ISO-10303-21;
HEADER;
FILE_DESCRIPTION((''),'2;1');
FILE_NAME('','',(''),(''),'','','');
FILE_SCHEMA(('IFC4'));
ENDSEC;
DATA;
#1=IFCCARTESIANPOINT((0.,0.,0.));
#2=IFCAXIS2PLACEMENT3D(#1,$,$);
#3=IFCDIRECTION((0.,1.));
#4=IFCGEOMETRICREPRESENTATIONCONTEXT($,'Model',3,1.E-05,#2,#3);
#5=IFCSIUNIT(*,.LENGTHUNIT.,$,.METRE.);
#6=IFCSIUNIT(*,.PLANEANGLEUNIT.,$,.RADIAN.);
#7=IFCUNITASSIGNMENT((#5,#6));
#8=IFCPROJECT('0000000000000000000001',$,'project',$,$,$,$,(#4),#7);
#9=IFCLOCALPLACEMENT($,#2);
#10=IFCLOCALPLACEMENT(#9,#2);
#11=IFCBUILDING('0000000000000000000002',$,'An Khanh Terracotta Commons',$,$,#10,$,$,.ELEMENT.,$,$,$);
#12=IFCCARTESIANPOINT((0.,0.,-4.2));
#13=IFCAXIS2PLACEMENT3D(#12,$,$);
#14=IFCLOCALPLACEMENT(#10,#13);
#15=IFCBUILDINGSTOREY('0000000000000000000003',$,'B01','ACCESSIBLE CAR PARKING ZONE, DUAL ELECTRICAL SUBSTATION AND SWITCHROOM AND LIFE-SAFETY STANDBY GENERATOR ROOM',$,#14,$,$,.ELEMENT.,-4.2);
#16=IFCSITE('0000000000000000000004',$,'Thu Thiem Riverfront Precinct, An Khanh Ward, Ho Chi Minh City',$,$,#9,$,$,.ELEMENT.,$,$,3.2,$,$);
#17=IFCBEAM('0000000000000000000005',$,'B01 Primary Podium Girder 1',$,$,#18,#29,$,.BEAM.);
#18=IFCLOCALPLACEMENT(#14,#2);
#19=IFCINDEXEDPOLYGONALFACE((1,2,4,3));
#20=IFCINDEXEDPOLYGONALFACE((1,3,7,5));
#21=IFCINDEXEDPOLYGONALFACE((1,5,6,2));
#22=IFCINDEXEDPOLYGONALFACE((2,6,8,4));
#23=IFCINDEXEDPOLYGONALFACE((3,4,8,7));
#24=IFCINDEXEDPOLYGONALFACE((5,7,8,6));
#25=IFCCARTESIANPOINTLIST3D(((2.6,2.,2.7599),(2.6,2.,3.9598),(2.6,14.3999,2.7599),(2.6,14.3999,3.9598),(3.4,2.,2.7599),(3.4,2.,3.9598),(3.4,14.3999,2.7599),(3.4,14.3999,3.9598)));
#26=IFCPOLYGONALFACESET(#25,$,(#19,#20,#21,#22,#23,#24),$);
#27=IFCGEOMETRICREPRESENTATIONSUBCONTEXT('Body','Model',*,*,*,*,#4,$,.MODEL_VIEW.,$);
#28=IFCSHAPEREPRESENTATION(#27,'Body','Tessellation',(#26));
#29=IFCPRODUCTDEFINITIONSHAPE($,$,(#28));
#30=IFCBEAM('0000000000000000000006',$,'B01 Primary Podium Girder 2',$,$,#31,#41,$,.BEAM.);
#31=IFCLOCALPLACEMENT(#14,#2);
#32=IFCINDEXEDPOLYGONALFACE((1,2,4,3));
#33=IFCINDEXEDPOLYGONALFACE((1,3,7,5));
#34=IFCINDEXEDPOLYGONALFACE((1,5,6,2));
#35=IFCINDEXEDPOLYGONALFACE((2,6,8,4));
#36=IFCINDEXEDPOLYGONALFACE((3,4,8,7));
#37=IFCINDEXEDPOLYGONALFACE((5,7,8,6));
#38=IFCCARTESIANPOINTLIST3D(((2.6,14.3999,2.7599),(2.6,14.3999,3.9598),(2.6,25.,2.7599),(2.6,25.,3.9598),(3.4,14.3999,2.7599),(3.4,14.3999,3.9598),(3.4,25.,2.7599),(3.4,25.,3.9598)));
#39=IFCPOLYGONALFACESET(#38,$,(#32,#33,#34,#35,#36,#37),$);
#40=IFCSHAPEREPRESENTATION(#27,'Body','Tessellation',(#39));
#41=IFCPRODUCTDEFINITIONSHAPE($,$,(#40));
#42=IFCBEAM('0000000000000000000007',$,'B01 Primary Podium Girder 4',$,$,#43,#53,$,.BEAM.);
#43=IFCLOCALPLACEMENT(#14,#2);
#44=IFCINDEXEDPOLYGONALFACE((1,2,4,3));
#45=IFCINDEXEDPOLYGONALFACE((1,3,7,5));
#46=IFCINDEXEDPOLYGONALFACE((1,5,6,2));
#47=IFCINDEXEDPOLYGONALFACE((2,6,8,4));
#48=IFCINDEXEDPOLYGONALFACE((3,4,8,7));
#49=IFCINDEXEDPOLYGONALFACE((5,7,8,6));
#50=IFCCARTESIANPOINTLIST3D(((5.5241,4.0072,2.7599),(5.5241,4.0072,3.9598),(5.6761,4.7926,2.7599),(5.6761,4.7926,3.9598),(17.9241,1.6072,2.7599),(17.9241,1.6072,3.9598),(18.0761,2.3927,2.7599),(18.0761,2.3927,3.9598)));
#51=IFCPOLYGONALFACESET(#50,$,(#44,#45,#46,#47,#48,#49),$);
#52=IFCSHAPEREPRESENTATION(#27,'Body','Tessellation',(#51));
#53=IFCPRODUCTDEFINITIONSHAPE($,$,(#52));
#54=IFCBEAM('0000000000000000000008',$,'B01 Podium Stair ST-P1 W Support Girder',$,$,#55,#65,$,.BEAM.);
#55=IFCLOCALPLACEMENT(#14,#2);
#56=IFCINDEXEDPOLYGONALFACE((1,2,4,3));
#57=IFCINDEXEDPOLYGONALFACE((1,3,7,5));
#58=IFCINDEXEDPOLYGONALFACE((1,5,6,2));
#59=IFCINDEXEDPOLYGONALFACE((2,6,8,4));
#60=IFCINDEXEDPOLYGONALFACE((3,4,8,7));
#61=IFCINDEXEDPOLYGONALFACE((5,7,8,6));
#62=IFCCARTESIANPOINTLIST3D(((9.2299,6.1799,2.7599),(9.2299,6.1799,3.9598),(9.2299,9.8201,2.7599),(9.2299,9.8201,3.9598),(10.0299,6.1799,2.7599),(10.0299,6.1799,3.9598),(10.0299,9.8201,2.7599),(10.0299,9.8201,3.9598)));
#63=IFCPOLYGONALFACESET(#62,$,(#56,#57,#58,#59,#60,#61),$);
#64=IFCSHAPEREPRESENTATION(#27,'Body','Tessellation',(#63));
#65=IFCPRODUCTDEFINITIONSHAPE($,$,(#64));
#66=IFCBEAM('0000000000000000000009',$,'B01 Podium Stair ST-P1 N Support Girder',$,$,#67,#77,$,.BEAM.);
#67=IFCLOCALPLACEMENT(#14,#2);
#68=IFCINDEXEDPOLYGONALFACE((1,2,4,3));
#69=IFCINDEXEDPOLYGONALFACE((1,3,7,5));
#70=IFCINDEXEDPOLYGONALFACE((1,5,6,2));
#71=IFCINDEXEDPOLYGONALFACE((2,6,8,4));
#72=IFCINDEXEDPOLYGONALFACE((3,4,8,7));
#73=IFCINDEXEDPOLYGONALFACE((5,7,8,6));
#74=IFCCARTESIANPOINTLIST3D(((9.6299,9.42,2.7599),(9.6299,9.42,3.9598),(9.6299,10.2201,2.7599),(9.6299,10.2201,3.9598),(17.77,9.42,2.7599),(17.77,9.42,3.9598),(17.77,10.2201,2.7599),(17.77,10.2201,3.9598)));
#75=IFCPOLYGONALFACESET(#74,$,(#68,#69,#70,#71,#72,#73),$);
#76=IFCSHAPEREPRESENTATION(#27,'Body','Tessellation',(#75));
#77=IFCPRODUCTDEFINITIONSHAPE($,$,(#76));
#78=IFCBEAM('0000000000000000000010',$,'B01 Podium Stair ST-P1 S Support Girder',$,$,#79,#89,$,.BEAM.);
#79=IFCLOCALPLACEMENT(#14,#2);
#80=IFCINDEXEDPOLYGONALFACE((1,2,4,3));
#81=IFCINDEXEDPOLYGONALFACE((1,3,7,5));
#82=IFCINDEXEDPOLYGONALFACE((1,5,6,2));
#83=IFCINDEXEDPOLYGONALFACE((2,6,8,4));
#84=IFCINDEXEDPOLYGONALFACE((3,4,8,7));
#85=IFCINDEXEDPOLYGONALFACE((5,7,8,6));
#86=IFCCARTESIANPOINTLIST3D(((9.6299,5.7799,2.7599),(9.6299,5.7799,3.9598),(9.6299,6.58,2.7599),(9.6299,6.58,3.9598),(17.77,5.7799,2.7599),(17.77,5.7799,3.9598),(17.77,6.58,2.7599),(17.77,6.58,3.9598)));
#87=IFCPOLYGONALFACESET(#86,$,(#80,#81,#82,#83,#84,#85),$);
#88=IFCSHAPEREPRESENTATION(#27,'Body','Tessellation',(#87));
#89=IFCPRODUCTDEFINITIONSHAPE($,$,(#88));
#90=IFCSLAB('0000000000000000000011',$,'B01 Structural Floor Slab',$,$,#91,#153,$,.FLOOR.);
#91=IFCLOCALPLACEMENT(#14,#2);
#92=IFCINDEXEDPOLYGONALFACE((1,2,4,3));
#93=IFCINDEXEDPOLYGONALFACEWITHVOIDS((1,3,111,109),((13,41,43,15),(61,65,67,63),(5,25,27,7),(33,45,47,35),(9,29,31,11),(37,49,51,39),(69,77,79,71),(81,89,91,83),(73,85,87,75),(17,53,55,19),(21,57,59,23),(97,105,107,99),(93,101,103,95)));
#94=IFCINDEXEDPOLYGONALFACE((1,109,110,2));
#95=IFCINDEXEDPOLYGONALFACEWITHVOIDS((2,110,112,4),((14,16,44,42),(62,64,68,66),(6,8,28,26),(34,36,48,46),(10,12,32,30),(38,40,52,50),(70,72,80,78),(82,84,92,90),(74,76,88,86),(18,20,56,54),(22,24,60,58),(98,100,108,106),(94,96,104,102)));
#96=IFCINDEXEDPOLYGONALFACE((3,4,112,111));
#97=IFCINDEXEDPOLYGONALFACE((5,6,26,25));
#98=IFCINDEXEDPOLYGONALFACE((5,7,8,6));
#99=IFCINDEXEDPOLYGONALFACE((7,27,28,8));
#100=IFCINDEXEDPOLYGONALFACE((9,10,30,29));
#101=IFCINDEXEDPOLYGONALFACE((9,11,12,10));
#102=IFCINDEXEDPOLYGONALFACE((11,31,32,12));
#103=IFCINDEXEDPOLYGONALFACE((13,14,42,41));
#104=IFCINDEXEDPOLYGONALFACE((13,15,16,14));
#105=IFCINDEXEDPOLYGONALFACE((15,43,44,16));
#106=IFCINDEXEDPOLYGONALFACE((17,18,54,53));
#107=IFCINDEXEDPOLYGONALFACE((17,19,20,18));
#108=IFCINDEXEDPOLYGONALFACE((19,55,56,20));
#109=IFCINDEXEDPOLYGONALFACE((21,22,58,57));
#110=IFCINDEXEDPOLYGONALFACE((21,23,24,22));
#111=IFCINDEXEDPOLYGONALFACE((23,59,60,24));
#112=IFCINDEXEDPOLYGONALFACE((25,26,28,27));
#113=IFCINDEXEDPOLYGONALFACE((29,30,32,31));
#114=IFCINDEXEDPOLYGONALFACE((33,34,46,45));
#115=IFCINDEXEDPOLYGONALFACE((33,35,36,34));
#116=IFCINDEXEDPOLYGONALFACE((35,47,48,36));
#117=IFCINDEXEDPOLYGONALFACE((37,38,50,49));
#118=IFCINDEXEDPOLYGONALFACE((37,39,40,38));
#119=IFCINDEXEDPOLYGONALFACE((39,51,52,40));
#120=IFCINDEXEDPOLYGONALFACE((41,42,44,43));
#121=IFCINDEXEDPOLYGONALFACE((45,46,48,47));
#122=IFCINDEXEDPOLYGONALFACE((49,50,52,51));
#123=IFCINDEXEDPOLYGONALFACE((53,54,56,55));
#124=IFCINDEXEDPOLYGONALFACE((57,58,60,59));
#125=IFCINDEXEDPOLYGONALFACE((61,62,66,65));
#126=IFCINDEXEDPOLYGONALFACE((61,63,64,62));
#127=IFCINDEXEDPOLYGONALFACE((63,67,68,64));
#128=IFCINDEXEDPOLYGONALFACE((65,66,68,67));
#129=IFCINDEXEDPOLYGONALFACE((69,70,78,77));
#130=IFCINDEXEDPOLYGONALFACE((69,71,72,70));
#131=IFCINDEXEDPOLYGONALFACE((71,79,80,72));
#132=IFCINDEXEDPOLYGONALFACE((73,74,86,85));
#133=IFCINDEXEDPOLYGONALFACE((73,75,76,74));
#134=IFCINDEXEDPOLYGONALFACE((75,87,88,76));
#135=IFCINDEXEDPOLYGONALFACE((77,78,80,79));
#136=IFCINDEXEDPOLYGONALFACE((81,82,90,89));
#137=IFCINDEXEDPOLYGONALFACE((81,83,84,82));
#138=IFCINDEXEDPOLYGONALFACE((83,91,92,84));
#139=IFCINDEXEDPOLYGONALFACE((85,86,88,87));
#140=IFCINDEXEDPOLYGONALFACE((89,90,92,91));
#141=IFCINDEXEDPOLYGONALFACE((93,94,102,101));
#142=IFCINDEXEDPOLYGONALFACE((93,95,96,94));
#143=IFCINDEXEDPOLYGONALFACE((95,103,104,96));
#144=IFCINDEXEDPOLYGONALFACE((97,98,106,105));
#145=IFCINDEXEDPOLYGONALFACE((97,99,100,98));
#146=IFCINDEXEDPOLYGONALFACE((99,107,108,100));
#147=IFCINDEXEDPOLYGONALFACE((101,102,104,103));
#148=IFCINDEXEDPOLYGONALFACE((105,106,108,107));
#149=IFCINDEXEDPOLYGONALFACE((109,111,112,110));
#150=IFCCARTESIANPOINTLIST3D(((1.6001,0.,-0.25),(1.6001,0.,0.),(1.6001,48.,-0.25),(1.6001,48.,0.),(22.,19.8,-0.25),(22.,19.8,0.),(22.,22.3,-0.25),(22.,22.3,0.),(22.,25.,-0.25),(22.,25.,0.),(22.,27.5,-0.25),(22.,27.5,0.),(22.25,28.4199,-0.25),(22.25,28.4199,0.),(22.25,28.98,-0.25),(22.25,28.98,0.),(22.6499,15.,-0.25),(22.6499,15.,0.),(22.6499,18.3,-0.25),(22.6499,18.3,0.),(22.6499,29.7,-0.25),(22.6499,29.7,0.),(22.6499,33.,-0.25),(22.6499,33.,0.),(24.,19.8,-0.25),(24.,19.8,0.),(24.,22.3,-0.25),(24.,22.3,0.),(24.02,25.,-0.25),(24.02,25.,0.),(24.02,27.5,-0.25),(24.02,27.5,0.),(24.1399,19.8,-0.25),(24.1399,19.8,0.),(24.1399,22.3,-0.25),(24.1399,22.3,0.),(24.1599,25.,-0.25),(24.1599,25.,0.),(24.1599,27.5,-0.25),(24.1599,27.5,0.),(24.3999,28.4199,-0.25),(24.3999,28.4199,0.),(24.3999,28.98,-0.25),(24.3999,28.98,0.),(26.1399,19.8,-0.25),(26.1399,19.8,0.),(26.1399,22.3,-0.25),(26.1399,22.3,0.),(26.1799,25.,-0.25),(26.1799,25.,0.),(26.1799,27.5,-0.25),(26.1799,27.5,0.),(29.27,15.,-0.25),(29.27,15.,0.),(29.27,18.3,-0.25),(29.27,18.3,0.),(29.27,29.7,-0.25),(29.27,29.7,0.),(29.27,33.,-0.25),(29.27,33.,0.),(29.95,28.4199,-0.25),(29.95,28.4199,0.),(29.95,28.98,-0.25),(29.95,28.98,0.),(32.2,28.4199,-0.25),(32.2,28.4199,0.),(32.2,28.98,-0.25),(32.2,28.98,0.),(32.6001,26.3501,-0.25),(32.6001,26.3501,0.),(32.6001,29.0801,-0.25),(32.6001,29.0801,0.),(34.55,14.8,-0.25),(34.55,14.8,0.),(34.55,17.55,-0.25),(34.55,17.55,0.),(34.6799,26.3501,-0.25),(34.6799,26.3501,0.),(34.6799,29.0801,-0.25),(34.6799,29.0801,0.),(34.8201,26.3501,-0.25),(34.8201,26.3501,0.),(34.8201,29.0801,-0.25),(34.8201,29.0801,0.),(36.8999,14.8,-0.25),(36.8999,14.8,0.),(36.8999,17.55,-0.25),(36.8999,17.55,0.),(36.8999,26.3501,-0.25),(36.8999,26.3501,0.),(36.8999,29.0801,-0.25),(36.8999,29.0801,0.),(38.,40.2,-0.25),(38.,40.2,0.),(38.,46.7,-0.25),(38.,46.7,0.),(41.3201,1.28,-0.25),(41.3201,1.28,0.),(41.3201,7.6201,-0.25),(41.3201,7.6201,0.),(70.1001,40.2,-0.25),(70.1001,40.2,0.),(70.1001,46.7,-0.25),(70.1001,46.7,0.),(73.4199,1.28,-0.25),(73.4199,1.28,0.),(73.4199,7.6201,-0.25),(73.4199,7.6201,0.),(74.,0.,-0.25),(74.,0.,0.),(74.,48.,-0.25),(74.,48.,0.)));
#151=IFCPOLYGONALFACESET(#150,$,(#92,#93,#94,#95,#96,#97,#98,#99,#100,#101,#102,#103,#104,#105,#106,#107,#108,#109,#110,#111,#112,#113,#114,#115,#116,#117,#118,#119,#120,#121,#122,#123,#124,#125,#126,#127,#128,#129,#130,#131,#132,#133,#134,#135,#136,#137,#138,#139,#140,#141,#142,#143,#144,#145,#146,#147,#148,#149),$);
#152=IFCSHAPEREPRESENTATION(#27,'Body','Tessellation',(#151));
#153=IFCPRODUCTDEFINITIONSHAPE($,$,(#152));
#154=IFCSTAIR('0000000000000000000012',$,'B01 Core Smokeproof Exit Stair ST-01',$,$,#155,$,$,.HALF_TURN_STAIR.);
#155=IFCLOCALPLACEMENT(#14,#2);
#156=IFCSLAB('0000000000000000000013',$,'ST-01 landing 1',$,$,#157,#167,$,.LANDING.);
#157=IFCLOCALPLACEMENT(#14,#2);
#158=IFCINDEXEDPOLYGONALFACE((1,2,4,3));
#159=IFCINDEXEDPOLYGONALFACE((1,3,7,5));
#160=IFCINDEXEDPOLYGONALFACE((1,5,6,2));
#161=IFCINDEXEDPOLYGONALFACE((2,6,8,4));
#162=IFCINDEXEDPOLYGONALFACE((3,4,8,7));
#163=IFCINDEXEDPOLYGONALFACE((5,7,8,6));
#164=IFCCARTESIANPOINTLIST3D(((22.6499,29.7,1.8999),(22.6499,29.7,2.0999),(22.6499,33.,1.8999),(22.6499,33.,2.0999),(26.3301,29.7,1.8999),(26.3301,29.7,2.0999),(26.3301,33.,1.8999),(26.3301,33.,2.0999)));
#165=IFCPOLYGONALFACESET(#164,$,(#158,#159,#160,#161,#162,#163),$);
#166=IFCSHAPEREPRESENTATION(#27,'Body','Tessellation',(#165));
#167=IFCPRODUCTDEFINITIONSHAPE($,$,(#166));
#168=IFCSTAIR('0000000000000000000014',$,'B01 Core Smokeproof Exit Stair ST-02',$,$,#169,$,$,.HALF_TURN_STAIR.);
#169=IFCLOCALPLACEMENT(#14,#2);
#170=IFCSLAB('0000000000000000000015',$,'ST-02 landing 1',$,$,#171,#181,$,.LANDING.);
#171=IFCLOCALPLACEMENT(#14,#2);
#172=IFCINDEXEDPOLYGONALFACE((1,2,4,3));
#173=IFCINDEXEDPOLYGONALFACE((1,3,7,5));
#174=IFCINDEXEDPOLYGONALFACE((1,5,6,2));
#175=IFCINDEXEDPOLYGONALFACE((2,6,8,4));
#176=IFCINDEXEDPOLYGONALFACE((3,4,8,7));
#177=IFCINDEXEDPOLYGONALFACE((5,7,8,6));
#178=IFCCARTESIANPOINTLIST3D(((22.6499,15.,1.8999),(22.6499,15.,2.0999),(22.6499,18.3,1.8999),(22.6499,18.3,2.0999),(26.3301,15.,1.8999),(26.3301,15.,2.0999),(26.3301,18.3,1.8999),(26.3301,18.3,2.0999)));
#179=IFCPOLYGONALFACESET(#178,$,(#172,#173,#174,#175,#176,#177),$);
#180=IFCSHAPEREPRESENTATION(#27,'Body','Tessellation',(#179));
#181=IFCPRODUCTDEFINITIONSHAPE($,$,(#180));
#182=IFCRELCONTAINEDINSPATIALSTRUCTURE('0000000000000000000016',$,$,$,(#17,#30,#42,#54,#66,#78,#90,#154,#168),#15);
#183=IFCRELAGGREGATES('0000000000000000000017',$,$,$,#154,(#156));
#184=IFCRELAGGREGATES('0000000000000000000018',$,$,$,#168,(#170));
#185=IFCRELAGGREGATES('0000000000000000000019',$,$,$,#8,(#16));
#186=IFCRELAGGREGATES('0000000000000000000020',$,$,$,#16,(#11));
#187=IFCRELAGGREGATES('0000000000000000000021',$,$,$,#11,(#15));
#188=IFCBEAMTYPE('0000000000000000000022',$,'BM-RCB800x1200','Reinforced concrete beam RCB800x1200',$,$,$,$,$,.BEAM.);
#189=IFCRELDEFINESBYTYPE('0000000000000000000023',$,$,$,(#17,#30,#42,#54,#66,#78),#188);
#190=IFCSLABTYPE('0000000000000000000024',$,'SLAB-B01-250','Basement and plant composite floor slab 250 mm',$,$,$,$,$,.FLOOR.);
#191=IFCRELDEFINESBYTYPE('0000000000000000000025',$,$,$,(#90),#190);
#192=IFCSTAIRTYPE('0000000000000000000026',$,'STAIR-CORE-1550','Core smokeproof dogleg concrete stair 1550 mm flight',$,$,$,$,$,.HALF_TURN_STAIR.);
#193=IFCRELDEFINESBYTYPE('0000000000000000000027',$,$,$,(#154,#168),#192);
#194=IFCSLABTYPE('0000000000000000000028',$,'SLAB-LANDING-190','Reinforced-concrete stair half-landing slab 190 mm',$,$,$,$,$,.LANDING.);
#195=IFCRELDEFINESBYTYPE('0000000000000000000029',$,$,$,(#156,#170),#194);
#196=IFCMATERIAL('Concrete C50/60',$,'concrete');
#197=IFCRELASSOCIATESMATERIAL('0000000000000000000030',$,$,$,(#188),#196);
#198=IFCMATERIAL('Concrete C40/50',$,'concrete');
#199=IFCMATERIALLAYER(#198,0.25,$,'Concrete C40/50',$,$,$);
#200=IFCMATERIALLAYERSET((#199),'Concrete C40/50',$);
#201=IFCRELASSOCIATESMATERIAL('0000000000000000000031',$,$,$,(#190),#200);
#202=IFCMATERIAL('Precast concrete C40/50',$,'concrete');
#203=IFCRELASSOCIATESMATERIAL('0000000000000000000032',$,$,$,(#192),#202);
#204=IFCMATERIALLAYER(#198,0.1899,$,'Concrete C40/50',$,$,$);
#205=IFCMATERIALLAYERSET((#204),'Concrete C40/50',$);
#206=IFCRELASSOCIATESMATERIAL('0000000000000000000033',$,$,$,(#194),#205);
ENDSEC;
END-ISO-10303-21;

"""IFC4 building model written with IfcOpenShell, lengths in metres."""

from ifc_helpers import new_model, si_unit, direction, frame, origin, origin_2d, place, context, subcontext, project, spatial, polyline, rectangle, outline, extrude, material, layer, layer_set, material_profile, profile_set, type_object, element, aggregate, save


model = new_model("IFC4")

# Units and contexts
model_context = context("Model", 3, precision=1e-05, world=origin(), true_north=direction((0.0, 1.0)))
body_context = subcontext(model_context, "Body", "Model", "MODEL_VIEW")
ifc_project = project(units=[si_unit("LENGTHUNIT", "METRE"), si_unit("PLANEANGLEUNIT", "RADIAN")], contexts=[model_context])

# Site, building, storey
site_placement = place(None, origin())
site = spatial("IfcSite", under=ifc_project, at=site_placement, Name="Thu Thiem Riverfront Precinct, An Khanh Ward, Ho Chi Minh City", CompositionType="ELEMENT", RefElevation=3.2)
building_placement = place(site_placement, origin())
building = spatial("IfcBuilding", under=site, at=building_placement, Name="An Khanh Terracotta Commons", CompositionType="ELEMENT")
storey_placement = place(building_placement, frame((0.0, 0.0, -4.2)))
storey = spatial("IfcBuildingStorey", under=building, at=storey_placement, Name="B01", Description="ACCESSIBLE CAR PARKING ZONE, DUAL ELECTRICAL SUBSTATION AND SWITCHROOM AND LIFE-SAFETY STANDBY GENERATOR ROOM", CompositionType="ELEMENT", Elevation=-4.2)

# Beams
ifc_material_1 = material(Name="Concrete C40/50", Category="concrete")
ifc_material_2 = material(Name="Concrete C50/60", Category="concrete")
ifc_material_profile_1 = material_profile(ifc_material_2, rectangle(XDim=0.8, YDim=1.2, at=origin_2d()), Name="RCB800x1200")
ifc_profile_set_1 = profile_set([ifc_material_profile_1], Name="Concrete C50/60")
beam_type_1 = type_object("IfcBeamType", Name="BM-RCB800x1200", Description="Reinforced concrete beam RCB800x1200", PredefinedType="BEAM", material=ifc_profile_set_1)
beam_1_placement = place(storey_placement, frame((3.0, 2.0, 3.3599), z_axis=(0.0, 1.0, 0.0), x_axis=(-1.0, 0.0, 0.0)))
element("IfcBeam", 1, at=beam_1_placement, inside=storey, type_object=beam_type_1, Name="B01 Primary Podium Girder 1", PredefinedType="BEAM", context=body_context, shape_type="SweptSolid", body=[
    extrude(rectangle(XDim=0.8, YDim=1.2, at=origin_2d()), origin(), (0.0, 0.0, 1.0), 12.3999),
])
beam_2_placement = place(storey_placement, frame((3.0, 14.3999, 3.3599), z_axis=(0.0, 1.0, 0.0), x_axis=(-1.0, 0.0, 0.0)))
element("IfcBeam", 2, at=beam_2_placement, inside=storey, type_object=beam_type_1, Name="B01 Primary Podium Girder 2", PredefinedType="BEAM", context=body_context, shape_type="SweptSolid", body=[
    extrude(rectangle(XDim=0.8, YDim=1.2, at=origin_2d()), origin(), (0.0, 0.0, 1.0), 10.6001),
])
beam_3_placement = place(storey_placement, frame((5.6001, 4.3999, 3.3599), z_axis=(0.981781, -0.190016, 0.0), x_axis=(0.190016, 0.981781, 0.0)))
element("IfcBeam", 3, at=beam_3_placement, inside=storey, type_object=beam_type_1, Name="B01 Primary Podium Girder 4", PredefinedType="BEAM", context=body_context, shape_type="SweptSolid", body=[
    extrude(rectangle(XDim=0.8, YDim=1.2, at=origin_2d()), origin(), (0.0, 0.0, 1.0), 12.6301),
])
beam_4_placement = place(storey_placement, frame((9.6299, 6.1799, 3.3599), z_axis=(0.0, 1.0, 0.0), x_axis=(-1.0, 0.0, 0.0)))
element("IfcBeam", 4, at=beam_4_placement, inside=storey, type_object=beam_type_1, Name="B01 Podium Stair ST-P1 W Support Girder", PredefinedType="BEAM", context=body_context, shape_type="SweptSolid", body=[
    extrude(rectangle(XDim=0.8, YDim=1.2, at=origin_2d()), origin(), (0.0, 0.0, 1.0), 3.6401),
])
for number, where, z_axis, x_axis, name in (
    (5, (9.6299, 9.8201, 3.3599), (1.0, 0.0, 0.0), (0.0, 1.0, 0.0), "B01 Podium Stair ST-P1 N Support Girder"),
    (6, (17.77, 6.1799, 3.3599), (-1.0, 0.0, 0.0), (0.0, -1.0, 0.0), "B01 Podium Stair ST-P1 S Support Girder"),
):
    element("IfcBeam", number, at=place(storey_placement, frame(where, z_axis=z_axis, x_axis=x_axis)), inside=storey, type_object=beam_type_1, Name=name, PredefinedType="BEAM", context=body_context, shape_type="SweptSolid", body=[
        extrude(rectangle(XDim=0.8, YDim=1.2, at=origin_2d()), origin(), (0.0, 0.0, 1.0), 8.1401),
    ])

# Slab
ifc_layer_1 = layer(ifc_material_1, 0.25, Name="Concrete C40/50")
ifc_layer_set_1 = layer_set([ifc_layer_1], Name="Concrete C40/50")
slab_type_1 = type_object("IfcSlabType", Name="SLAB-B01-250", Description="Basement and plant composite floor slab 250 mm", PredefinedType="FLOOR", material=ifc_layer_set_1)
slab_1_placement = place(storey_placement, frame((0.0, 0.0, -0.25)))
element("IfcSlab", 7, at=slab_1_placement, inside=storey, type_object=slab_type_1, Name="B01 Structural Floor Slab", PredefinedType="FLOOR", context=body_context, shape_type="SweptSolid", body=[
    extrude(outline(polyline([(1.6001, 0.0), (74.0, 0.0), (74.0, 48.0), (1.6001, 48.0), (1.6001, 0.0)]), holes=[polyline([(22.6499, 29.7), (29.27, 29.7), (29.27, 33.0), (22.6499, 33.0), (22.6499, 29.7)]), polyline([(22.6499, 15.0), (29.27, 15.0), (29.27, 18.3), (22.6499, 18.3), (22.6499, 15.0)]), polyline([(32.6001, 26.3501), (34.6799, 26.3501), (34.6799, 29.0801), (32.6001, 29.0801), (32.6001, 26.3501)]), polyline([(34.8201, 26.3501), (36.8999, 26.3501), (36.8999, 29.0801), (34.8201, 29.0801), (34.8201, 26.3501)]), polyline([(34.55, 14.8), (36.8999, 14.8), (36.8999, 17.55), (34.55, 17.55), (34.55, 14.8)]), polyline([(22.0, 25.0), (24.02, 25.0), (24.02, 27.5), (22.0, 27.5), (22.0, 25.0)]), polyline([(24.1599, 25.0), (26.1799, 25.0), (26.1799, 27.5), (24.1599, 27.5), (24.1599, 25.0)]), polyline([(22.0, 19.8), (24.0, 19.8), (24.0, 22.3), (22.0, 22.3), (22.0, 19.8)]), polyline([(24.1399, 19.8), (26.1399, 19.8), (26.1399, 22.3), (24.1399, 22.3), (24.1399, 19.8)]), polyline([(22.25, 28.4199), (24.3999, 28.4199), (24.3999, 28.98), (22.25, 28.98), (22.25, 28.4199)]), polyline([(29.95, 28.4199), (32.2, 28.4199), (32.2, 28.98), (29.95, 28.98), (29.95, 28.4199)]), polyline([(38.0, 40.2), (70.1001, 40.2), (70.1001, 46.7), (38.0, 46.7), (38.0, 40.2)]), polyline([(41.3201, 1.28), (73.4199, 1.28), (73.4199, 7.6201), (41.3201, 7.6201), (41.3201, 1.28)])]), origin(), (0.0, 0.0, 1.0), 0.25),
])

# Stairs, slabs
ifc_material_3 = material(Name="Precast concrete C40/50", Category="concrete")
stair_type = type_object("IfcStairType", Name="STAIR-CORE-1550", Description="Core smokeproof dogleg concrete stair 1550 mm flight", PredefinedType="HALF_TURN_STAIR", material=ifc_material_3)
stair_1_placement = place(storey_placement, origin())
stair_1 = element("IfcStair", 8, at=stair_1_placement, inside=storey, type_object=stair_type, Name="B01 Core Smokeproof Exit Stair ST-01", PredefinedType="HALF_TURN_STAIR")
ifc_layer_2 = layer(ifc_material_1, 0.1899, Name="Concrete C40/50")
ifc_layer_set_2 = layer_set([ifc_layer_2], Name="Concrete C40/50")
slab_type_2 = type_object("IfcSlabType", Name="SLAB-LANDING-190", Description="Reinforced-concrete stair half-landing slab 190 mm", PredefinedType="LANDING", material=ifc_layer_set_2)
slab_2_placement = place(storey_placement, frame((0.0, 0.0, 1.8999)))
slab_2 = element("IfcSlab", 9, at=slab_2_placement, type_object=slab_type_2, Name="ST-01 landing 1", PredefinedType="LANDING", context=body_context, shape_type="SweptSolid", body=[
    extrude(outline(polyline([(26.3301, 33.0), (22.6499, 33.0), (22.6499, 29.7), (26.3301, 29.7), (26.3301, 33.0)])), origin(), (0.0, 0.0, 1.0), 0.2),
])
aggregate(stair_1, [slab_2])
stair_2_placement = place(storey_placement, origin())
stair_2 = element("IfcStair", 10, at=stair_2_placement, inside=storey, type_object=stair_type, Name="B01 Core Smokeproof Exit Stair ST-02", PredefinedType="HALF_TURN_STAIR")
slab_3_placement = place(storey_placement, frame((0.0, 0.0, 1.8999)))
slab_3 = element("IfcSlab", 11, at=slab_3_placement, type_object=slab_type_2, Name="ST-02 landing 1", PredefinedType="LANDING", context=body_context, shape_type="SweptSolid", body=[
    extrude(outline(polyline([(26.3301, 18.3), (22.6499, 18.3), (22.6499, 15.0), (26.3301, 15.0), (26.3301, 18.3)])), origin(), (0.0, 0.0, 1.0), 0.2),
])
aggregate(stair_2, [slab_3])

save(model, "model.ifc")
